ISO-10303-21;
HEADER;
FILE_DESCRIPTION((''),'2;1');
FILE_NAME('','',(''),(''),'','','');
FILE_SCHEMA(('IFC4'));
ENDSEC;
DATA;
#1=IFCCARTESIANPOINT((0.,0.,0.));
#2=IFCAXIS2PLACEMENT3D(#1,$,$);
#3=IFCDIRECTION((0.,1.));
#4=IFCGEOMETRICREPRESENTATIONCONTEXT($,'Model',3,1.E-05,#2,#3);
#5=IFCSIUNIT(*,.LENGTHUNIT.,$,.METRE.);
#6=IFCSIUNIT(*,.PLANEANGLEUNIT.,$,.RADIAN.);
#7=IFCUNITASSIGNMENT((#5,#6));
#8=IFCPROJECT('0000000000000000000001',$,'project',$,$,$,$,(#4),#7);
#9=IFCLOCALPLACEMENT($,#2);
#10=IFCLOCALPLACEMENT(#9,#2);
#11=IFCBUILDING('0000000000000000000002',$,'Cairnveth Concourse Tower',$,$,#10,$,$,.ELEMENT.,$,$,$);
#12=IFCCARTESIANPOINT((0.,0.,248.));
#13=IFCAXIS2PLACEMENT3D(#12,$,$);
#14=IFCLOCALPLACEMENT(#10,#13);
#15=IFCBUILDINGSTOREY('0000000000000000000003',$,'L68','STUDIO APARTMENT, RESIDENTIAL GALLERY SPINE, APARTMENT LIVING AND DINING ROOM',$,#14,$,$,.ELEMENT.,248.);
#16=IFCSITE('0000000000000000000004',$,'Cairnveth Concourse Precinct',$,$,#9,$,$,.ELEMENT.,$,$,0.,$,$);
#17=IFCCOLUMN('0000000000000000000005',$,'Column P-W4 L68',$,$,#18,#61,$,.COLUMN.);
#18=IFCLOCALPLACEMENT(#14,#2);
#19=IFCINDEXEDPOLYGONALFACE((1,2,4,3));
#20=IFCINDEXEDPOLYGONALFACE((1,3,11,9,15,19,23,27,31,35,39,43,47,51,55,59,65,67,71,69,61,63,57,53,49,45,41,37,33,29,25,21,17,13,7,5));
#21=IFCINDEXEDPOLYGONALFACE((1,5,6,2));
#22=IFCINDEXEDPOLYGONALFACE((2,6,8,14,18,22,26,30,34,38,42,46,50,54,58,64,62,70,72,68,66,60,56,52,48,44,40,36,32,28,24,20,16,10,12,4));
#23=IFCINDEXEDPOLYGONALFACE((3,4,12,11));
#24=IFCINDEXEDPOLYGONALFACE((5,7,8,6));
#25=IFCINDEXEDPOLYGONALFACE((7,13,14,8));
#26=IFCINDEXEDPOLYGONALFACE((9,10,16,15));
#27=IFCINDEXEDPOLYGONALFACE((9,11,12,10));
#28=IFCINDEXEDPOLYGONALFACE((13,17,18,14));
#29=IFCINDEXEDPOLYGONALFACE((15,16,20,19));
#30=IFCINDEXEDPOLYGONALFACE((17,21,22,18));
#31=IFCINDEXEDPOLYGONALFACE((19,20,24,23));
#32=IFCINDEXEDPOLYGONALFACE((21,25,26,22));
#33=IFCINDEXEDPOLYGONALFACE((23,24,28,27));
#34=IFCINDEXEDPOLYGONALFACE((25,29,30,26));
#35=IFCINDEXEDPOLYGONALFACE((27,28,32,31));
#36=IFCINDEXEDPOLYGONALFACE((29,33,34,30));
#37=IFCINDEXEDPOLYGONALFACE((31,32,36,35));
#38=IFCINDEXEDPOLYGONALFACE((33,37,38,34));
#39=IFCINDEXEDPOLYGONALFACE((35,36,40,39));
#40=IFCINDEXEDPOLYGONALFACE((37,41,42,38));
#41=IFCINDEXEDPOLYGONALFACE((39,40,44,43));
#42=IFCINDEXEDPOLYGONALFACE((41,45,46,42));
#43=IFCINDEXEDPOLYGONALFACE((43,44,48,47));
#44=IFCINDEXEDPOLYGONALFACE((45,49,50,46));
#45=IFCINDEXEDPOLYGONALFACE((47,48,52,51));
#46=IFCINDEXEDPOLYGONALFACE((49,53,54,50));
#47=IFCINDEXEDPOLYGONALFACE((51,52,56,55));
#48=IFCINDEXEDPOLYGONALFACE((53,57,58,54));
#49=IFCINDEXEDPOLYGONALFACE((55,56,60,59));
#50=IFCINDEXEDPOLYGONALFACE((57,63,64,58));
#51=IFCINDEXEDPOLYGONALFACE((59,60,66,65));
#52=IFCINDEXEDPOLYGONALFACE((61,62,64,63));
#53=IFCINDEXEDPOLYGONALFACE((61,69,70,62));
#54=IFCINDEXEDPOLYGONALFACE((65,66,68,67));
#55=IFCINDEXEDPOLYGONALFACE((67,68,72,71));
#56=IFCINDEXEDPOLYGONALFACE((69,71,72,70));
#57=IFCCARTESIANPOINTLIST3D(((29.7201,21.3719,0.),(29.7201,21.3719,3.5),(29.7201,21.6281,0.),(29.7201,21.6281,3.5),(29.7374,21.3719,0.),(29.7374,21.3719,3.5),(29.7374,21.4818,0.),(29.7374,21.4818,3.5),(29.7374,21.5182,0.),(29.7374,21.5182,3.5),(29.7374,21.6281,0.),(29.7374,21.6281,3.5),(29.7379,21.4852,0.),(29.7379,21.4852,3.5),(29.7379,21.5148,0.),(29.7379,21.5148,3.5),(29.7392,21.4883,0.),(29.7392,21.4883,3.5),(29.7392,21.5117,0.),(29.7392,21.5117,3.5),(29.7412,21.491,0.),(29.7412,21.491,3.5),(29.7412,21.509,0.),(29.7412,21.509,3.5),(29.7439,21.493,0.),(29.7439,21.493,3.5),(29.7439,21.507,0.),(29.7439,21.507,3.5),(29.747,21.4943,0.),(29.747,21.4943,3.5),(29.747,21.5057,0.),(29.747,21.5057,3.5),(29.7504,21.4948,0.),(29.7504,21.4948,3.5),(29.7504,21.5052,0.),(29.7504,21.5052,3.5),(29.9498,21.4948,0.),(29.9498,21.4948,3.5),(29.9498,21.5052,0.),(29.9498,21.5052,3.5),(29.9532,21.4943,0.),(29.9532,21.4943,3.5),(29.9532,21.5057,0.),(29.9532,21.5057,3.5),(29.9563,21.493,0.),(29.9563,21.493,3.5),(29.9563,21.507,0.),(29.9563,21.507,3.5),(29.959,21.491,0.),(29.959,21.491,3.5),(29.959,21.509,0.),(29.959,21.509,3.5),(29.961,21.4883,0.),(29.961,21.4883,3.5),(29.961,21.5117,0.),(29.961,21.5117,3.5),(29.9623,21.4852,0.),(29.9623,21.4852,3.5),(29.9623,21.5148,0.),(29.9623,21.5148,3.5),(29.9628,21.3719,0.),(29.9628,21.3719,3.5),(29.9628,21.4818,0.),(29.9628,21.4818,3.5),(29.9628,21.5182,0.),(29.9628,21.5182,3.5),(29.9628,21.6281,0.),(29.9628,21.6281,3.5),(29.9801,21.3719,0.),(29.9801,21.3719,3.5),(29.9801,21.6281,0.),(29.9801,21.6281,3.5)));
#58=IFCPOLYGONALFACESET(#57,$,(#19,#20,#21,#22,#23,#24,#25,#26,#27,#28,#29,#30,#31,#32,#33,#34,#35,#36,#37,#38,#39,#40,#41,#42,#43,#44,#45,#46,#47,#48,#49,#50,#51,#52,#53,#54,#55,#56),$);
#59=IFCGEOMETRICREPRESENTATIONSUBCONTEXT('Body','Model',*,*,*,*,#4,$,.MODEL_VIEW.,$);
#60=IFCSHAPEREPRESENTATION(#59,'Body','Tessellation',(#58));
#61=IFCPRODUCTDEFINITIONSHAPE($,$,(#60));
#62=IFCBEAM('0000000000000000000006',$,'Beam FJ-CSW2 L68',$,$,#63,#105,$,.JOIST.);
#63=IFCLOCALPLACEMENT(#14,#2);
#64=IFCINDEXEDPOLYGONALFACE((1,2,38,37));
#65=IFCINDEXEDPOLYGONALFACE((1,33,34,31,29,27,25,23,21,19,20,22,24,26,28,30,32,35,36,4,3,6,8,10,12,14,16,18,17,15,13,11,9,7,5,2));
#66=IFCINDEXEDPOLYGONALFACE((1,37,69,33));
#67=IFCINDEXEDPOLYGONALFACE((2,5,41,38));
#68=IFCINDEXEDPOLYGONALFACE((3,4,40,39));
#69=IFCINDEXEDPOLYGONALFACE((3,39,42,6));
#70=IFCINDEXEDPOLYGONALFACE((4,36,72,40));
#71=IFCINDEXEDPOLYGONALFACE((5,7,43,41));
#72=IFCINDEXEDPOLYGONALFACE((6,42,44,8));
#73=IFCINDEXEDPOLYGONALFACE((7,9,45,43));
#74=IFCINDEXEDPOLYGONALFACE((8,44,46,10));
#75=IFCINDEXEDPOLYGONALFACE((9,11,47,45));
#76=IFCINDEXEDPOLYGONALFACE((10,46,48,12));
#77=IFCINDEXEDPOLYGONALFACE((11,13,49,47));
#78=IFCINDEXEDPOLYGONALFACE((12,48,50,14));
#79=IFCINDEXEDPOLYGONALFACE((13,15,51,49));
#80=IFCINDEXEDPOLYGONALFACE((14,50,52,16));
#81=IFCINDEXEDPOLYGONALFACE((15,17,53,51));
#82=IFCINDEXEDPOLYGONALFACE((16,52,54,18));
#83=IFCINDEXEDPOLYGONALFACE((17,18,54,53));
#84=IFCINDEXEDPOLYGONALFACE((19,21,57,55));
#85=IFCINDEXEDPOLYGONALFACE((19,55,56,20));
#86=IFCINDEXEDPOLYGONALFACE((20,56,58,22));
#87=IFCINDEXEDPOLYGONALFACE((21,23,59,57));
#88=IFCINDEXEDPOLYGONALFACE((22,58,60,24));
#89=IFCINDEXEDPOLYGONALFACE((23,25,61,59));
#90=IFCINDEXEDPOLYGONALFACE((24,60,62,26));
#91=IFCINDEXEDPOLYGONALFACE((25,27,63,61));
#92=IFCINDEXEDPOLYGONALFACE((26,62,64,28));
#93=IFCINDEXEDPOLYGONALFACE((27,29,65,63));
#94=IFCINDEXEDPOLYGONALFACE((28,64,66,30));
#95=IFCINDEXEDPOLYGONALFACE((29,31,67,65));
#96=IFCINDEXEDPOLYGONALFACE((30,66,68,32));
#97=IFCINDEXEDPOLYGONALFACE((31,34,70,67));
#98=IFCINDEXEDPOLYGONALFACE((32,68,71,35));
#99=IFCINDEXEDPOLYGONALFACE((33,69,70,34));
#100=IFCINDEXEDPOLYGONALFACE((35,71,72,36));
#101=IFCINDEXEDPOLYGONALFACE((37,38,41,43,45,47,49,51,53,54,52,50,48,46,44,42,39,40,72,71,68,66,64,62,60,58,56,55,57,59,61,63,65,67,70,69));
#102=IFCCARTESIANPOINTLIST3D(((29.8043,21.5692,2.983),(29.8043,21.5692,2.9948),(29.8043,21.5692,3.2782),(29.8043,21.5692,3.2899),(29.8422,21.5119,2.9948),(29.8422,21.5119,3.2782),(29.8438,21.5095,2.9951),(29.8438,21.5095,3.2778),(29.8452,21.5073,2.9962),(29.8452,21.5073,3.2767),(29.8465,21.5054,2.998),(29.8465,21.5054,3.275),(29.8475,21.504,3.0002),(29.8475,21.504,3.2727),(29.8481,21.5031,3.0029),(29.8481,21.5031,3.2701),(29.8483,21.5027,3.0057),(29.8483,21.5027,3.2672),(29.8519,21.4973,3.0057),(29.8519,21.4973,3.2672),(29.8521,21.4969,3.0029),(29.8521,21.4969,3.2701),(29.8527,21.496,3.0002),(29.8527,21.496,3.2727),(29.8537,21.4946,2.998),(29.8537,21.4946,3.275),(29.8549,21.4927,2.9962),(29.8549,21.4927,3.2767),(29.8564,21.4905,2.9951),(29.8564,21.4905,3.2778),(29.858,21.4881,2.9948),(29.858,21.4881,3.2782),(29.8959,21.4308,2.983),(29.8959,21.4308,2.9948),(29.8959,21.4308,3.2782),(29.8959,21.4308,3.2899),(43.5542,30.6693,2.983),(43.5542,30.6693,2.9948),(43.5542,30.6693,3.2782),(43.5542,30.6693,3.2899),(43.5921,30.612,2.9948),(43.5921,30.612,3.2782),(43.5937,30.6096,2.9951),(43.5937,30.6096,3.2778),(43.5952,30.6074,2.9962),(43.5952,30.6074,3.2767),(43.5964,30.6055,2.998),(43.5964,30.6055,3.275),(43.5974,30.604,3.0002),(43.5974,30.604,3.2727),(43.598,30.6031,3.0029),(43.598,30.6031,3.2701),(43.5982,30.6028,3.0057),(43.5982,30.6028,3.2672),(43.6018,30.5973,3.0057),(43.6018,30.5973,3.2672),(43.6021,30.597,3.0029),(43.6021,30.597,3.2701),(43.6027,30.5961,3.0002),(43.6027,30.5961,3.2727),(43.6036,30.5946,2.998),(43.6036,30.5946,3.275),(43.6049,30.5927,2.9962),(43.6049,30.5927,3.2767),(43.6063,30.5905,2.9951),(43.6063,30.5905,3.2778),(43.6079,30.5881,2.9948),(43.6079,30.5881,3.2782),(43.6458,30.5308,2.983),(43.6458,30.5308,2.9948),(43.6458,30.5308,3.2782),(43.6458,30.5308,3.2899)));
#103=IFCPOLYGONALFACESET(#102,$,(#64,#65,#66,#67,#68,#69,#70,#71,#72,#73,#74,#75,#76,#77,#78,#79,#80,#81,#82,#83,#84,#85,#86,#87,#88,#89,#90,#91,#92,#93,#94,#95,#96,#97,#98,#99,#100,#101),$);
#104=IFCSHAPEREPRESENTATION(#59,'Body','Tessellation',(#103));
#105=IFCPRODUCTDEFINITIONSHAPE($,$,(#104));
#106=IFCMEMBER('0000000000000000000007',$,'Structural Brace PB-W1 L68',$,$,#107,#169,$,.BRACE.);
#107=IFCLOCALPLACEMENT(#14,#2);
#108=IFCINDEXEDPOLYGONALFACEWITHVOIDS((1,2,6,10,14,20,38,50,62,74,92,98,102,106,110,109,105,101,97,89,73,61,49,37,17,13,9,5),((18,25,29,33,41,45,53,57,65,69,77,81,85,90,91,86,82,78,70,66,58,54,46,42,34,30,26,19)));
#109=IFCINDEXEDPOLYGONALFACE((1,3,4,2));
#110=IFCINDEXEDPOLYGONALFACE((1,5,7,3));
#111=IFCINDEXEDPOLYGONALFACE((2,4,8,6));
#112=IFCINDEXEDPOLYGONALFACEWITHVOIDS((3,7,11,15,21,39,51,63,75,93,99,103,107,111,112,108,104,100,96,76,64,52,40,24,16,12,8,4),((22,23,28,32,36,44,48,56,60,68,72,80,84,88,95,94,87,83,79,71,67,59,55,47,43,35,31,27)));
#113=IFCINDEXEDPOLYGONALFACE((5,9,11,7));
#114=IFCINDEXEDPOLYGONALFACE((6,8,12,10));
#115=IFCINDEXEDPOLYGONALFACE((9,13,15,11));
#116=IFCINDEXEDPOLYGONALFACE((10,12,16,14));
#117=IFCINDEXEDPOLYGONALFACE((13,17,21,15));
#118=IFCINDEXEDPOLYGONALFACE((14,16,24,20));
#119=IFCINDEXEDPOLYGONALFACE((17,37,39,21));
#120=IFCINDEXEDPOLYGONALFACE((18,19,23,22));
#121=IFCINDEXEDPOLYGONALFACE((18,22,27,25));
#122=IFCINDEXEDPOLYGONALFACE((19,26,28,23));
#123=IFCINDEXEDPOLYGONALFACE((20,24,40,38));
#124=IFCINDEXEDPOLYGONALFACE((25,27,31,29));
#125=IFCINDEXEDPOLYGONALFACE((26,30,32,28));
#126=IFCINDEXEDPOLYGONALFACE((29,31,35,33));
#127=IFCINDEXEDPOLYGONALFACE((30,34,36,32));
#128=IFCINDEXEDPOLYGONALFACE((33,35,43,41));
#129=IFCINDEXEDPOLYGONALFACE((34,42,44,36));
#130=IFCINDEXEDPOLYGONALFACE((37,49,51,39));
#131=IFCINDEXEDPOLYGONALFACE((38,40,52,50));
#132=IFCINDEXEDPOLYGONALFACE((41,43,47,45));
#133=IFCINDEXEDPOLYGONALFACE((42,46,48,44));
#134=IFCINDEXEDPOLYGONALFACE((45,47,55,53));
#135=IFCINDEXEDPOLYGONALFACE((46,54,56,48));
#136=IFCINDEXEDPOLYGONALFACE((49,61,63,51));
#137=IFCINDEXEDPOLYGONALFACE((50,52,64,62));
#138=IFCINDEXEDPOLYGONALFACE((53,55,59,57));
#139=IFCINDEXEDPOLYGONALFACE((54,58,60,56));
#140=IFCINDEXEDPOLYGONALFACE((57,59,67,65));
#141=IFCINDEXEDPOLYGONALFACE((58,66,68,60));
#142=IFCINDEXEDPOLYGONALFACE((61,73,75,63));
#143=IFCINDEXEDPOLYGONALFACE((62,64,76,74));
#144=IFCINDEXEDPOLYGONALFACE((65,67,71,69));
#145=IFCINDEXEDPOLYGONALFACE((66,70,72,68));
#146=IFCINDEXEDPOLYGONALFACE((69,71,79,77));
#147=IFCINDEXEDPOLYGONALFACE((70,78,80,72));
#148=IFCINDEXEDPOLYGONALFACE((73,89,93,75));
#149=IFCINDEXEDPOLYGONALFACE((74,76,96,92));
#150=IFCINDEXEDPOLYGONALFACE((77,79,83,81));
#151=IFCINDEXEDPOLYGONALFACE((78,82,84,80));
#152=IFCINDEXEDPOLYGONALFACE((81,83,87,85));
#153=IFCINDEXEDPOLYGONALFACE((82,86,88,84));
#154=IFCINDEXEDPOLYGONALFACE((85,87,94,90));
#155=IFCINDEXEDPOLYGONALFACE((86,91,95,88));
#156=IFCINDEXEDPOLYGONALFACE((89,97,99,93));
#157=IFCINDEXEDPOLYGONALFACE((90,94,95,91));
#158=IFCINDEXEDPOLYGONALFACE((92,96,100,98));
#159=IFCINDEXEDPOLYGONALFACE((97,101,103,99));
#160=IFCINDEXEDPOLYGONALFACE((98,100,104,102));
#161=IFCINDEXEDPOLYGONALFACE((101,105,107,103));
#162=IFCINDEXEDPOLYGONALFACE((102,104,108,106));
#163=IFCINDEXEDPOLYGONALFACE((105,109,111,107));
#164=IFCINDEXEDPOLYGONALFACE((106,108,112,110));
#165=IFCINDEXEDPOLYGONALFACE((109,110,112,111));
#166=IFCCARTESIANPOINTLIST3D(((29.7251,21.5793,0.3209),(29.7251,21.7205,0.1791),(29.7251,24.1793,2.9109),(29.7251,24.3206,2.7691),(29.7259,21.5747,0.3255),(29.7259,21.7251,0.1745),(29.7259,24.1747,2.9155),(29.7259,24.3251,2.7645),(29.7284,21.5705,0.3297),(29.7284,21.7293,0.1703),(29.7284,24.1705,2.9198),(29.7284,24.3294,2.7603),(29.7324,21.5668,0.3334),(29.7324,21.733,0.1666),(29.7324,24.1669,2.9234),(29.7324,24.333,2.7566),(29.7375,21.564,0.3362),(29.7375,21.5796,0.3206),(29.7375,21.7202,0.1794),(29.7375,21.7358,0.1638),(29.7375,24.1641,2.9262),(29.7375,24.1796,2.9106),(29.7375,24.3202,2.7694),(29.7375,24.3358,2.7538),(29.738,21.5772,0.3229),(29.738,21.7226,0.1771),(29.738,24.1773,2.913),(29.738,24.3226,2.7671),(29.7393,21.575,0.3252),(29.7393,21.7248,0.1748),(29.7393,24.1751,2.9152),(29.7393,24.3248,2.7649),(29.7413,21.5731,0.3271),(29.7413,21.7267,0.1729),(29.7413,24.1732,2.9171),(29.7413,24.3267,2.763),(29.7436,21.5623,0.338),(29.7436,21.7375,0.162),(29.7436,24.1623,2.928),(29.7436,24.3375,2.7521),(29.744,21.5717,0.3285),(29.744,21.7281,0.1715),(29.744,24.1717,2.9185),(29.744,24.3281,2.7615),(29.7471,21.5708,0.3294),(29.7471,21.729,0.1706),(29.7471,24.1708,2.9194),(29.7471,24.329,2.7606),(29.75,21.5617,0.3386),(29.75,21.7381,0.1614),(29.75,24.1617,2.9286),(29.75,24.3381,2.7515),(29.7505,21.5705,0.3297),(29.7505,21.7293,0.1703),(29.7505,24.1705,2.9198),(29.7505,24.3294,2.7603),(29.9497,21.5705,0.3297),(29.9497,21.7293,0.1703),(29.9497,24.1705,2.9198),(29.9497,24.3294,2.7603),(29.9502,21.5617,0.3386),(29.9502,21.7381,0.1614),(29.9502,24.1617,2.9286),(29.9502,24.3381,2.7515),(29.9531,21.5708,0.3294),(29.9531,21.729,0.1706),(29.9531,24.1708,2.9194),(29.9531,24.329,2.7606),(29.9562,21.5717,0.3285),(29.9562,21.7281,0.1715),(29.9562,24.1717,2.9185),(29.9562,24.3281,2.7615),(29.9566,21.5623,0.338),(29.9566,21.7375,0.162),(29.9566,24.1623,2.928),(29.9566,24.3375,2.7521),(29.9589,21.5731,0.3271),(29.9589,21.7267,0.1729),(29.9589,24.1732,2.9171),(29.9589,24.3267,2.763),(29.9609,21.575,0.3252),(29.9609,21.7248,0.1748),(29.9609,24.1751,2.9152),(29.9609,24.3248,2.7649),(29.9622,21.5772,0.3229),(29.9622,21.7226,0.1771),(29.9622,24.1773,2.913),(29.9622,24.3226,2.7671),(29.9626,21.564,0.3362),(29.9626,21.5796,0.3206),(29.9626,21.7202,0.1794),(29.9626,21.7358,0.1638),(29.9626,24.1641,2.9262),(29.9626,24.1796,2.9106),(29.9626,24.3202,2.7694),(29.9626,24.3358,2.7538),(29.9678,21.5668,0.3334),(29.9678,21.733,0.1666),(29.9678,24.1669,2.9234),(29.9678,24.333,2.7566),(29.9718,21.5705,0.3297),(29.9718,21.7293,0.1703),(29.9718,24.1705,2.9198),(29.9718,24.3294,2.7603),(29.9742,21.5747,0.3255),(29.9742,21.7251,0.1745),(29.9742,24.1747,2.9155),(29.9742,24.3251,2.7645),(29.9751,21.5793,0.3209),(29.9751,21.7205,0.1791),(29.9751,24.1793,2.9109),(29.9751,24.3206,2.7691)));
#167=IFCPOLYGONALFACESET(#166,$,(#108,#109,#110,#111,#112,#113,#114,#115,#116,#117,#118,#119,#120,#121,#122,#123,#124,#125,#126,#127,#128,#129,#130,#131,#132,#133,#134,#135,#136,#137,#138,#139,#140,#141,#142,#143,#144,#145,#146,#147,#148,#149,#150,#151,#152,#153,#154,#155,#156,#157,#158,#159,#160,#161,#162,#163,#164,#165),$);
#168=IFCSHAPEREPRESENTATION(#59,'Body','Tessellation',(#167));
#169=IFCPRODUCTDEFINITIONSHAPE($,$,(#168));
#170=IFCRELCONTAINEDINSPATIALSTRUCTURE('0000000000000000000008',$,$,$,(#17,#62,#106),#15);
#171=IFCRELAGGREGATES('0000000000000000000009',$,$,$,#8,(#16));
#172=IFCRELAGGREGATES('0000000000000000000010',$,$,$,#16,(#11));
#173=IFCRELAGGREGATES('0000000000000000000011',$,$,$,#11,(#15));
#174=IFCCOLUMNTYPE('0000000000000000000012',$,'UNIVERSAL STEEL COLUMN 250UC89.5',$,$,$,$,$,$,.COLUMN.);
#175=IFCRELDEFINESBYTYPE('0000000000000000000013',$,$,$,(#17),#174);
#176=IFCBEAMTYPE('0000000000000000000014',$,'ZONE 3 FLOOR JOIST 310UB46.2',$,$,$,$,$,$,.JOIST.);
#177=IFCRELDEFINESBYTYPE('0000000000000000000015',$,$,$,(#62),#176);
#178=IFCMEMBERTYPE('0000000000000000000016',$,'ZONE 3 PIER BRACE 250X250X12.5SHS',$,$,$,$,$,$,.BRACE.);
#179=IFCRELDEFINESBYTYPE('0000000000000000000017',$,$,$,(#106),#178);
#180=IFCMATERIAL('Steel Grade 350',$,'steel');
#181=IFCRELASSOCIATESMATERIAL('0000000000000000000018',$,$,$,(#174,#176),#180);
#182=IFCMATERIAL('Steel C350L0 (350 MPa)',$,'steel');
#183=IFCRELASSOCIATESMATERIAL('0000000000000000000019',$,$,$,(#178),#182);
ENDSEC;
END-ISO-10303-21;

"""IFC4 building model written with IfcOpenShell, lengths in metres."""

from ifc_helpers import new_model, si_unit, direction, frame, origin, origin_2d, place, context, subcontext, project, spatial, hollow_rectangle, i_section, extrude, material, material_profile, profile_set, type_object, element, save


model = new_model("IFC4")

# Units and contexts
model_context = context("Model", 3, precision=1e-05, world=origin(), true_north=direction((0.0, 1.0)))
body_context = subcontext(model_context, "Body", "Model", "MODEL_VIEW")
ifc_project = project(units=[si_unit("LENGTHUNIT", "METRE"), si_unit("PLANEANGLEUNIT", "RADIAN")], contexts=[model_context])

# Site, building, storey
site_placement = place(None, origin())
site = spatial("IfcSite", under=ifc_project, at=site_placement, Name="Cairnveth Concourse Precinct", CompositionType="ELEMENT", RefElevation=0.0)
building_placement = place(site_placement, origin())
building = spatial("IfcBuilding", under=site, at=building_placement, Name="Cairnveth Concourse Tower", CompositionType="ELEMENT")
storey_placement = place(building_placement, frame((0.0, 0.0, 248.0)))
storey = spatial("IfcBuildingStorey", under=building, at=storey_placement, Name="L68", Description="STUDIO APARTMENT, RESIDENTIAL GALLERY SPINE, APARTMENT LIVING AND DINING ROOM", CompositionType="ELEMENT", Elevation=248.0)

# Column
ifc_material_1 = material(Name="Steel Grade 350", Category="steel")
ifc_material_profile_1 = material_profile(ifc_material_1, i_section(OverallWidth=0.2561, OverallDepth=0.26, WebThickness=0.0105, FlangeThickness=0.0173, FilletRadius=0.0129, at=origin_2d()), Name="250UC89.5")
ifc_profile_set_1 = profile_set([ifc_material_profile_1], Name="Steel Grade 350")
column_type = type_object("IfcColumnType", Name="UNIVERSAL STEEL COLUMN 250UC89.5", PredefinedType="COLUMN", material=ifc_profile_set_1)
column_placement = place(storey_placement, frame((29.8501, 21.5, 0.0), z_axis=(0.0, 0.0, 1.0), x_axis=(0.0, 1.0, 0.0)))
element("IfcColumn", 1, at=column_placement, inside=storey, type_object=column_type, Name="Column P-W4 L68", PredefinedType="COLUMN", context=body_context, shape_type="SweptSolid", body=[
    extrude(i_section(OverallWidth=0.2561, OverallDepth=0.26, WebThickness=0.0105, FlangeThickness=0.0173, FilletRadius=0.0129, at=origin_2d()), origin(), (0.0, 0.0, 1.0), 3.5),
])

# Beam
ifc_material_profile_2 = material_profile(ifc_material_1, i_section(OverallWidth=0.166, OverallDepth=0.3069, WebThickness=0.0066, FlangeThickness=0.0117, FilletRadius=0.011, at=origin_2d()), Name="310UB46.2")
ifc_profile_set_2 = profile_set([ifc_material_profile_2], Name="Steel Grade 350")
beam_type_1 = type_object("IfcBeamType", Name="ZONE 3 FLOOR JOIST 310UB46.2", PredefinedType="JOIST", material=ifc_profile_set_2)
beam_1_placement = place(storey_placement, frame((29.8501, 21.5, 3.1365), z_axis=(0.833909, 0.551902, 0.0), x_axis=(-0.551902, 0.833909, 0.0)))
element("IfcBeam", 2, at=beam_1_placement, inside=storey, type_object=beam_type_1, Name="Beam FJ-CSW2 L68", PredefinedType="JOIST", context=body_context, shape_type="SweptSolid", body=[
    extrude(i_section(OverallWidth=0.166, OverallDepth=0.3069, WebThickness=0.0066, FlangeThickness=0.0117, FilletRadius=0.011, at=origin_2d()), origin(), (0.0, 0.0, 1.0), 16.4885),
])

# Member
ifc_material_2 = material(Name="Steel C350L0 (350 MPa)", Category="steel")
ifc_material_profile_3 = material_profile(ifc_material_2, hollow_rectangle(XDim=0.25, YDim=0.25, WallThickness=0.0125, InnerFilletRadius=0.0129, OuterFilletRadius=0.0249, at=origin_2d()), Name="250x250x12.5SHS")
ifc_profile_set_3 = profile_set([ifc_material_profile_3], Name="Steel C350L0 (350 MPa)")
member_type = type_object("IfcMemberType", Name="ZONE 3 PIER BRACE 250X250X12.5SHS", PredefinedType="BRACE", material=ifc_profile_set_3)
member_placement = place(storey_placement, frame((29.8501, 21.6499, 0.25), z_axis=(0.0, 0.708469, 0.705742), x_axis=(-1.0, 0.0, 0.0)))
element("IfcMember", 3, at=member_placement, inside=storey, type_object=member_type, Name="Structural Brace PB-W1 L68", PredefinedType="BRACE", context=body_context, shape_type="SweptSolid", body=[
    extrude(hollow_rectangle(XDim=0.25, YDim=0.25, WallThickness=0.0125, InnerFilletRadius=0.0129, OuterFilletRadius=0.0249, at=origin_2d()), origin(), (0.0, 0.0, 1.0), 3.6699),
])

save(model, "model.ifc")
